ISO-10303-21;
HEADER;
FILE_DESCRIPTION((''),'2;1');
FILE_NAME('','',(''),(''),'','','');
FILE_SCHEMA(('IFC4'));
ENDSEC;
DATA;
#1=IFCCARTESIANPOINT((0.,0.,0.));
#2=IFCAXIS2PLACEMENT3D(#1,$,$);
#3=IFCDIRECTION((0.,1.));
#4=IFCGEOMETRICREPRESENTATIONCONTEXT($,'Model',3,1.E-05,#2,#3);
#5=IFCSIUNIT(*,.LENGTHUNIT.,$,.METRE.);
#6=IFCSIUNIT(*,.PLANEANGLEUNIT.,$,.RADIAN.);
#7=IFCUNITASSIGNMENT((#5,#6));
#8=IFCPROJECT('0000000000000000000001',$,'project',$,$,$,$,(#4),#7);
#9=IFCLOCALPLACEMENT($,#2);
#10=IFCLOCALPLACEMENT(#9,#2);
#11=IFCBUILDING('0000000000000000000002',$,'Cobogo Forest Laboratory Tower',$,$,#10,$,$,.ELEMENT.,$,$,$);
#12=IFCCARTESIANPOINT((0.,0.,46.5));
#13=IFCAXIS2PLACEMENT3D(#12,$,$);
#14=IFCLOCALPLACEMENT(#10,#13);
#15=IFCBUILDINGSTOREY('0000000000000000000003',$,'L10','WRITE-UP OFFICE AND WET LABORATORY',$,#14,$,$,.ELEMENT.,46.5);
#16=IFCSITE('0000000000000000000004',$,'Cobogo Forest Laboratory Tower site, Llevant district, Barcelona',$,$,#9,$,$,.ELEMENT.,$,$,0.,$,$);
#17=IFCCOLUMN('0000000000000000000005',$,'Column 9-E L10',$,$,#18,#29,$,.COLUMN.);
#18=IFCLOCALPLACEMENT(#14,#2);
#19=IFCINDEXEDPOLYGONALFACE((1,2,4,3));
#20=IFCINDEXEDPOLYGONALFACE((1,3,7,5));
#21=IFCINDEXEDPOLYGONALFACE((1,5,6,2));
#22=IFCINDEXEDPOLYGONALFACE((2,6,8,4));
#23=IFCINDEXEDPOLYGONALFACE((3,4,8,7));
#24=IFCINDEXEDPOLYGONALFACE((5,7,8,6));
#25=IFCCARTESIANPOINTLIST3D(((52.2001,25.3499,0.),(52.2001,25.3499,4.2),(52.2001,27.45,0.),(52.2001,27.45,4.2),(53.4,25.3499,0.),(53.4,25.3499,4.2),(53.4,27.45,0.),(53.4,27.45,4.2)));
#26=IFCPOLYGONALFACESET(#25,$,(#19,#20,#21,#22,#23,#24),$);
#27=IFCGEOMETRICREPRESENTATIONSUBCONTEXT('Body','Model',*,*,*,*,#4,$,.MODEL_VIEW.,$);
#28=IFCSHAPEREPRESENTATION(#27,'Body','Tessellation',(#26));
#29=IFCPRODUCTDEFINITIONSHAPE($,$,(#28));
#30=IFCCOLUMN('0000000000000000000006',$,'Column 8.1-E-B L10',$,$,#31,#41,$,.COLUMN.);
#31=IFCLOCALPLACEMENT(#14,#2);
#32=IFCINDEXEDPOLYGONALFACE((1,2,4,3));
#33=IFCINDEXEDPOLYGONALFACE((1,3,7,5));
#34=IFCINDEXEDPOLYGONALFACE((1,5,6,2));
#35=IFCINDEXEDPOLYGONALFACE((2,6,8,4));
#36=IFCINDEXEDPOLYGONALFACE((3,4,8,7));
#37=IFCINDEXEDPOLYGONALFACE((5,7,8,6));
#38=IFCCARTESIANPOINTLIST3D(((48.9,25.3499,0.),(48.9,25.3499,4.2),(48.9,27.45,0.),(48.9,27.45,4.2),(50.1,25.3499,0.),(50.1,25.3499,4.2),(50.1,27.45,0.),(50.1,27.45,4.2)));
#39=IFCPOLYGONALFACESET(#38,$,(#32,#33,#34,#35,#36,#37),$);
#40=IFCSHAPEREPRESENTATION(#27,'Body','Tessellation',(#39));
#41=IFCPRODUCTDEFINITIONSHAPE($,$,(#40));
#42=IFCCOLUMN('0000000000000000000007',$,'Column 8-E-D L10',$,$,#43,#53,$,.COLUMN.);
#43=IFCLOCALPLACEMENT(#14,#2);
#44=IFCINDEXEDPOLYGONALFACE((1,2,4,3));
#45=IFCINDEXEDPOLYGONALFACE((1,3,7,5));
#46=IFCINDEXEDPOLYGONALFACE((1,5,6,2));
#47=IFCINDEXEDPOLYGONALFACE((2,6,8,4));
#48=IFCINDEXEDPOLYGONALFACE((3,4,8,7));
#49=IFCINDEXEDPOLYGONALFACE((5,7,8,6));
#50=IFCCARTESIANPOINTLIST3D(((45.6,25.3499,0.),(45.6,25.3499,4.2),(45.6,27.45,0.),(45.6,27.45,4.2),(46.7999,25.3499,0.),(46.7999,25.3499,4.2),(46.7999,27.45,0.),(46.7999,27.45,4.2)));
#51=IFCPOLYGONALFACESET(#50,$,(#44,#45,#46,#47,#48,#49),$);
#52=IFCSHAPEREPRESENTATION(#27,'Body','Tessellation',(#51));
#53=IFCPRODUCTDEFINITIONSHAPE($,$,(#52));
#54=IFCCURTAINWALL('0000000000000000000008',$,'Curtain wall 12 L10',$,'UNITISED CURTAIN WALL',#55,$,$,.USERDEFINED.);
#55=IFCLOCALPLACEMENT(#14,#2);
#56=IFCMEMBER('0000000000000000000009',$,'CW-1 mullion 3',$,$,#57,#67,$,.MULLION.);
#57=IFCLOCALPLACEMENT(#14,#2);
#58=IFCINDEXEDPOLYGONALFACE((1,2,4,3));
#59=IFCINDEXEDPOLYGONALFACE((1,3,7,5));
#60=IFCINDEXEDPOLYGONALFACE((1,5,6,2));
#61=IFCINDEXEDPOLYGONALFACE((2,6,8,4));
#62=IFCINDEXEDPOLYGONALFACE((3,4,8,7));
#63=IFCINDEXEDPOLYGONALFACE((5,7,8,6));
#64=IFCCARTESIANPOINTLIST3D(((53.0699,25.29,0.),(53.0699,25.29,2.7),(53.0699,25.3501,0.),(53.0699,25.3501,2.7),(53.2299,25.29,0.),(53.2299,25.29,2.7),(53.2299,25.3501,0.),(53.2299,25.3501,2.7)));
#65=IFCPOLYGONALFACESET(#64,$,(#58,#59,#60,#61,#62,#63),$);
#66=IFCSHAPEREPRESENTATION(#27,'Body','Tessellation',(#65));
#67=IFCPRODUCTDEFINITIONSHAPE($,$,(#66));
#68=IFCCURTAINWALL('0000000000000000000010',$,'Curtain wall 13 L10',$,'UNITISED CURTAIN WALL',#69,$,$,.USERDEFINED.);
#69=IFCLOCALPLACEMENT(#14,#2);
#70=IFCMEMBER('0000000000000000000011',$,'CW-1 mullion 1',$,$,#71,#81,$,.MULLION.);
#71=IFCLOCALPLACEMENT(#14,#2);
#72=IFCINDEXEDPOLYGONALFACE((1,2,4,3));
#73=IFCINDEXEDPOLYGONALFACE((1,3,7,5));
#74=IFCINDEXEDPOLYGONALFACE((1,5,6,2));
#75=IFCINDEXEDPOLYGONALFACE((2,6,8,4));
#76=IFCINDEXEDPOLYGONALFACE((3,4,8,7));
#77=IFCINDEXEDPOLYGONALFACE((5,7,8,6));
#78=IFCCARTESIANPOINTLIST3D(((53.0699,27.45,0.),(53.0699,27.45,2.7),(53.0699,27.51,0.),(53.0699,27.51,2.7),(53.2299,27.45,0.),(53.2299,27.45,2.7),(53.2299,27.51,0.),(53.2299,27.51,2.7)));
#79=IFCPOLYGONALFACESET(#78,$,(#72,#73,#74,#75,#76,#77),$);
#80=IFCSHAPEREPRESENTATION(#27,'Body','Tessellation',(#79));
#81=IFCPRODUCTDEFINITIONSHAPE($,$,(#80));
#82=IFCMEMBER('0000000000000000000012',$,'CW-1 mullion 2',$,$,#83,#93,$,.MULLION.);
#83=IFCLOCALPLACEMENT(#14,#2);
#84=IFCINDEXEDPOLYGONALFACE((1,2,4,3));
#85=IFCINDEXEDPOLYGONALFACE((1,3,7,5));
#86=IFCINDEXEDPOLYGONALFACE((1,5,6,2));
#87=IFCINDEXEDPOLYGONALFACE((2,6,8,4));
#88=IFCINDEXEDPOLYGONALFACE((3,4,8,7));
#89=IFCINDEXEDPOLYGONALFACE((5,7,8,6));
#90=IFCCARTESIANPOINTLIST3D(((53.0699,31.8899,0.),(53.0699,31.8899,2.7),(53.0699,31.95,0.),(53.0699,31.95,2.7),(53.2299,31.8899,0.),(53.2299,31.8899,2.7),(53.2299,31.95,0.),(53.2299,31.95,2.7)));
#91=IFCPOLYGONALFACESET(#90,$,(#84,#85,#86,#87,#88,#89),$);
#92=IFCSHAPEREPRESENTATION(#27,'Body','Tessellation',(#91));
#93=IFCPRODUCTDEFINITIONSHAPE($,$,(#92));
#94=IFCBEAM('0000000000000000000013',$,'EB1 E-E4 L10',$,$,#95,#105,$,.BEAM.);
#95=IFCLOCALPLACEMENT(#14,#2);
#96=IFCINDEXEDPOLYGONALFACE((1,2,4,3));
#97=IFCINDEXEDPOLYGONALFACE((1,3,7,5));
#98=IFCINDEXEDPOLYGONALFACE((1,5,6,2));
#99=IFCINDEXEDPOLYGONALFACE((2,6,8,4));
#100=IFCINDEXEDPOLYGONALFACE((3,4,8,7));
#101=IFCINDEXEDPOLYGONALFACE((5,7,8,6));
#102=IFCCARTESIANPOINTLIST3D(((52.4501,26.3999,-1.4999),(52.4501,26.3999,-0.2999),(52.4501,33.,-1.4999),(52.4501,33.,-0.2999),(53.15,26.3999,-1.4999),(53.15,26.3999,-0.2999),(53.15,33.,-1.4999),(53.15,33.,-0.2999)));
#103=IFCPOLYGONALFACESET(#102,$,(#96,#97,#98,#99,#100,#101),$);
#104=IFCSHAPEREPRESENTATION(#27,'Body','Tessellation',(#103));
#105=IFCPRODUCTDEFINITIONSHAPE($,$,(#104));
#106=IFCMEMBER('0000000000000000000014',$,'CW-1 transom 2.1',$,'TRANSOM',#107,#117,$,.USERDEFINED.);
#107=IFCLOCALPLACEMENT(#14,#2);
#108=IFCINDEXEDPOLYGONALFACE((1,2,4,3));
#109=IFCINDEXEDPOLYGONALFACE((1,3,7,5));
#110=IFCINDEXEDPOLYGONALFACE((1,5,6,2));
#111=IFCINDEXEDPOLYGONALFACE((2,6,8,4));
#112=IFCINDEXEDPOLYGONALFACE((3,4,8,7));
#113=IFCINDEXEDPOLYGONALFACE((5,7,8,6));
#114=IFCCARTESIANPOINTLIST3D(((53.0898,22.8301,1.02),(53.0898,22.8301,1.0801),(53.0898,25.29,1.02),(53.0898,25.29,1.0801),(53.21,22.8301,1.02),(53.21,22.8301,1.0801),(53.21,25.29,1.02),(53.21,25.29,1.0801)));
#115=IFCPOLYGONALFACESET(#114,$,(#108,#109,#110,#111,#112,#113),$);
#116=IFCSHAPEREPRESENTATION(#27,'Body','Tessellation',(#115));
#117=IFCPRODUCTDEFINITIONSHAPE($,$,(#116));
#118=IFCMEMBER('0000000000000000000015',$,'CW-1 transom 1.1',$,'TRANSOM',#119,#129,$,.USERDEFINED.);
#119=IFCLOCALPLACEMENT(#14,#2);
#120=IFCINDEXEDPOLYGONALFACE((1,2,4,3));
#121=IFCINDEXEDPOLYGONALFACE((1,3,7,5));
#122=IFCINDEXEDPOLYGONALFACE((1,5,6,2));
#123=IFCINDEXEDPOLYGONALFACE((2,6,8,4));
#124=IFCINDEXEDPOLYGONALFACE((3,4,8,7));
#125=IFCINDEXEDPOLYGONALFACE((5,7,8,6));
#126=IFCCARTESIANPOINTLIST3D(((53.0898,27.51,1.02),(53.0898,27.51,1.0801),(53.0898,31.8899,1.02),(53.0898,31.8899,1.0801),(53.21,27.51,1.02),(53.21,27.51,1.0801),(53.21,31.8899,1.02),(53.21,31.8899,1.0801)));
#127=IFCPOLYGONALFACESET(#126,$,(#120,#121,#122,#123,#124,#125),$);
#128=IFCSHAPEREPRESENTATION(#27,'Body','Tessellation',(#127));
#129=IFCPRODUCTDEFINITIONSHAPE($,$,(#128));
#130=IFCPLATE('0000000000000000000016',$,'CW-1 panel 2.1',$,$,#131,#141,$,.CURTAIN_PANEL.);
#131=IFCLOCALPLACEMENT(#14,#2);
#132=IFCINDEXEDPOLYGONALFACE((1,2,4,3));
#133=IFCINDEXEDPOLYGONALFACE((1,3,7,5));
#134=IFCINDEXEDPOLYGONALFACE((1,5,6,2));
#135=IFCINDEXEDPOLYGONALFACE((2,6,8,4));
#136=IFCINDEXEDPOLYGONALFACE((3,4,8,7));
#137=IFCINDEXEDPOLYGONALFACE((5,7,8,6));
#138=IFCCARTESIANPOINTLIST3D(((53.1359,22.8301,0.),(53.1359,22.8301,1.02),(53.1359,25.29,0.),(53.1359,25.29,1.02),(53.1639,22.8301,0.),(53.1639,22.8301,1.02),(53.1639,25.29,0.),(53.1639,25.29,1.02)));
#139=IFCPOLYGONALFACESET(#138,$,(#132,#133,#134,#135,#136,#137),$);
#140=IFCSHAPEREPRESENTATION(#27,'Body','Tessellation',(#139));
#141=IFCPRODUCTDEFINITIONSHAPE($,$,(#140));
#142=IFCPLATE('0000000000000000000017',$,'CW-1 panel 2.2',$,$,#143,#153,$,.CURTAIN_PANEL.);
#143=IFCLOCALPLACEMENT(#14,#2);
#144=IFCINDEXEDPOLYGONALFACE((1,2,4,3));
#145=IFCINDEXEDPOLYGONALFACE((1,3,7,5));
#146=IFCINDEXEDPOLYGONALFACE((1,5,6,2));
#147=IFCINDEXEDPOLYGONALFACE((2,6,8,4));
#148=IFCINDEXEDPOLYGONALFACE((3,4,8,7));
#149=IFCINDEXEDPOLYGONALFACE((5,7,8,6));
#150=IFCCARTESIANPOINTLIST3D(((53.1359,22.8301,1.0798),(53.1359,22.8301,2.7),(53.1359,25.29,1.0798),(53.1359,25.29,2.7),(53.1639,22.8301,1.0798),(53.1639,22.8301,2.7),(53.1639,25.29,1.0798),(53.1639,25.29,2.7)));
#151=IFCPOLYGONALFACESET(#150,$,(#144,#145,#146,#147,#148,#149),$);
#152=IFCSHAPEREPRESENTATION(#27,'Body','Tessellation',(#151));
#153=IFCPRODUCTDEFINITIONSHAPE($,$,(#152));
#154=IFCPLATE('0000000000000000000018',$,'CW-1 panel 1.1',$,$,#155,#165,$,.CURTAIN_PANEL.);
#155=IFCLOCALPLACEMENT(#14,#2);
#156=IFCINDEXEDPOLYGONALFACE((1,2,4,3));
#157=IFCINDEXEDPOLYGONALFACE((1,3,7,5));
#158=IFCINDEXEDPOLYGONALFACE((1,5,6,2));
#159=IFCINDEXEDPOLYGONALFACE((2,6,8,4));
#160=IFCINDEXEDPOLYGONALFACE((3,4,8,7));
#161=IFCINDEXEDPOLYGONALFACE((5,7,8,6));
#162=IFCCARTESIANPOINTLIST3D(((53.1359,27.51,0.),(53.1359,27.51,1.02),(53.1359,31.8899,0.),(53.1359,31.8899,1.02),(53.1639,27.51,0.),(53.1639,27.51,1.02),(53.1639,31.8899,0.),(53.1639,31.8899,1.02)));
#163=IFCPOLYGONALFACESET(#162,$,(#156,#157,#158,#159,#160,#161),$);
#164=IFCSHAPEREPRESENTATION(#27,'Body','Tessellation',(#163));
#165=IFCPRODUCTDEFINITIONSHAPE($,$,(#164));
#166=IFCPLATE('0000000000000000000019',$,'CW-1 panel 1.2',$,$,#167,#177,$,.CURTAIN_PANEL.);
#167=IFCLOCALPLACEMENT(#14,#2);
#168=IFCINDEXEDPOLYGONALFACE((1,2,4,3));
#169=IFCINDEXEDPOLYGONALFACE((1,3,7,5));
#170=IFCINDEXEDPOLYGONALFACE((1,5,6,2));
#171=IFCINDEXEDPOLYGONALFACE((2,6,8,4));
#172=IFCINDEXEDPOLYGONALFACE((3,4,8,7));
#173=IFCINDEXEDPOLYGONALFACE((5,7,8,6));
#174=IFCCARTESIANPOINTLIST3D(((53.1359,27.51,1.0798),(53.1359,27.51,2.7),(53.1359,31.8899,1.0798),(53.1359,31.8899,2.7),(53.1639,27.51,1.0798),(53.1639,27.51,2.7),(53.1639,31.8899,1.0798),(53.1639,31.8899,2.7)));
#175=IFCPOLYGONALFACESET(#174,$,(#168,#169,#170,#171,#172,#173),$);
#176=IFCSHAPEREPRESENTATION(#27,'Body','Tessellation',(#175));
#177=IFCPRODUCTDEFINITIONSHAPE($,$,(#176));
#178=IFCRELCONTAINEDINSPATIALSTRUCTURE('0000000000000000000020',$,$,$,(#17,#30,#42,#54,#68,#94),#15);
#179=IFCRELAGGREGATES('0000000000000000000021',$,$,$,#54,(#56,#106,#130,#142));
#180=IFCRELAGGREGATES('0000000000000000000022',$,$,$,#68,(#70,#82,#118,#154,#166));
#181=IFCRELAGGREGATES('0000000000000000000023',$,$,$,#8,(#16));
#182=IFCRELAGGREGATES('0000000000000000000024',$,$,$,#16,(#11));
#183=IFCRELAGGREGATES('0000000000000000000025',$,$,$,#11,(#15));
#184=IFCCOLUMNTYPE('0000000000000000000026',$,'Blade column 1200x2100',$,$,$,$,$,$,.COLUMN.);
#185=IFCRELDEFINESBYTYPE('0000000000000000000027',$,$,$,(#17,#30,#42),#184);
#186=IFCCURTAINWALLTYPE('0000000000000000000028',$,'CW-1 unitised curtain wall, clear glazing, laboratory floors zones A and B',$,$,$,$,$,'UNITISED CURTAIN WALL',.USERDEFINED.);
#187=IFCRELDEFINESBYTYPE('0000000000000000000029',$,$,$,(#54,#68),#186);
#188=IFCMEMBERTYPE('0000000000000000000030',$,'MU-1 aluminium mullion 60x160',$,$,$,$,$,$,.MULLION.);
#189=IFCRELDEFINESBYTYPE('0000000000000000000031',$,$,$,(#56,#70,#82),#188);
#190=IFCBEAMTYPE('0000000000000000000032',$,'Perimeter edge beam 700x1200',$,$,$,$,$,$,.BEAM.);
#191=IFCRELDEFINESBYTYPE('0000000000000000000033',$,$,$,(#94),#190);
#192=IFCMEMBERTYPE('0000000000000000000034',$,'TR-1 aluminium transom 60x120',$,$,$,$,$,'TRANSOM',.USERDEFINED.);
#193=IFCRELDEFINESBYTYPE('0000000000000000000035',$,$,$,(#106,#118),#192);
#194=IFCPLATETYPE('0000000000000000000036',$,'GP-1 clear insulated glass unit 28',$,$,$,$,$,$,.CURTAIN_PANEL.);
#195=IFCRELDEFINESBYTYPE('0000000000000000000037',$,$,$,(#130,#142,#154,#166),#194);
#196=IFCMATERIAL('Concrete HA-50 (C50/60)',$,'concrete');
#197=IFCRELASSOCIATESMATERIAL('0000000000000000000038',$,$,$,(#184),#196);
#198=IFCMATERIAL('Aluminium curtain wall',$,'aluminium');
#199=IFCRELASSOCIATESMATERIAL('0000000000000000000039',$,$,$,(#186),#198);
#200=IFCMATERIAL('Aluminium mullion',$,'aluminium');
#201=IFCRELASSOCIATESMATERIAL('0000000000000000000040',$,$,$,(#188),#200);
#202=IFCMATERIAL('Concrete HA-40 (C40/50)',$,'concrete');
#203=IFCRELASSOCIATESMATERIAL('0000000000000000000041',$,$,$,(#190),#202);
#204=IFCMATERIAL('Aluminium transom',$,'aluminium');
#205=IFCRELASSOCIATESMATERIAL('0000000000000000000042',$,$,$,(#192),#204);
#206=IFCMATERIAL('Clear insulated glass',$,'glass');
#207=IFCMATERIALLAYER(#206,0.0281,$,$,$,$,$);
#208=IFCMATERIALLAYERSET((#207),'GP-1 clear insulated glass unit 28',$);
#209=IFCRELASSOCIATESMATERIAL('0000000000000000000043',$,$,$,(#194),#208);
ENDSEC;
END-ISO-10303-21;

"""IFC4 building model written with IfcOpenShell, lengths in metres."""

from ifc_helpers import new_model, si_unit, direction, frame, origin, origin_2d, place, context, subcontext, project, spatial, rectangle, extrude, material, layer, layer_set, material_profile, profile_set, type_object, element, aggregate, save


model = new_model("IFC4")

# Units and contexts
model_context = context("Model", 3, precision=1e-05, world=origin(), true_north=direction((0.0, 1.0)))
body_context = subcontext(model_context, "Body", "Model", "MODEL_VIEW")
ifc_project = project(units=[si_unit("LENGTHUNIT", "METRE"), si_unit("PLANEANGLEUNIT", "RADIAN")], contexts=[model_context])

# Site, building, storey
site_placement = place(None, origin())
site = spatial("IfcSite", under=ifc_project, at=site_placement, Name="Cobogo Forest Laboratory Tower site, Llevant district, Barcelona", CompositionType="ELEMENT", RefElevation=0.0)
building_placement = place(site_placement, origin())
building = spatial("IfcBuilding", under=site, at=building_placement, Name="Cobogo Forest Laboratory Tower", CompositionType="ELEMENT")
storey_placement = place(building_placement, frame((0.0, 0.0, 46.5)))
storey = spatial("IfcBuildingStorey", under=building, at=storey_placement, Name="L10", Description="WRITE-UP OFFICE AND WET LABORATORY", CompositionType="ELEMENT", Elevation=46.5)

# Columns
ifc_material_1 = material(Name="Concrete HA-50 (C50/60)", Category="concrete")
ifc_material_profile_1 = material_profile(ifc_material_1, rectangle(XDim=2.1001, YDim=1.2, at=origin_2d()), Name="RC 1200x2100")
ifc_profile_set_1 = profile_set([ifc_material_profile_1], Name="Concrete HA-50 (C50/60)")
column_type = type_object("IfcColumnType", Name="Blade column 1200x2100", PredefinedType="COLUMN", material=ifc_profile_set_1)
for number, where, z_axis, x_axis, name in (
    (1, (52.8, 26.3999, 0.0), (0.0, 0.0, 1.0), (0.0, 1.0, 0.0), "Column 9-E L10"),
    (2, (49.5, 26.3999, 0.0), (0.0, 0.0, 1.0), (0.0, 1.0, 0.0), "Column 8.1-E-B L10"),
    (3, (46.2, 26.3999, 0.0), (0.0, 0.0, 1.0), (0.0, 1.0, 0.0), "Column 8-E-D L10"),
):
    element("IfcColumn", number, at=place(storey_placement, frame(where, z_axis=z_axis, x_axis=x_axis)), inside=storey, type_object=column_type, Name=name, PredefinedType="COLUMN", context=body_context, shape_type="SweptSolid", body=[
        extrude(rectangle(XDim=2.1001, YDim=1.2, at=origin_2d()), origin(), (0.0, 0.0, 1.0), 4.2),
    ])

# Curtain wall, member
ifc_material_2 = material(Name="Aluminium curtain wall", Category="aluminium")
curtain_wall_type = type_object("IfcCurtainWallType", Name="CW-1 unitised curtain wall, clear glazing, laboratory floors zones A and B", ElementType="UNITISED CURTAIN WALL", PredefinedType="USERDEFINED", material=ifc_material_2)
curtain_wall_1_placement = place(storey_placement, origin())
curtain_wall_1 = element("IfcCurtainWall", 4, at=curtain_wall_1_placement, inside=storey, type_object=curtain_wall_type, Name="Curtain wall 12 L10", ObjectType="UNITISED CURTAIN WALL", PredefinedType="USERDEFINED")
ifc_material_3 = material(Name="Aluminium mullion", Category="aluminium")
ifc_material_profile_2 = material_profile(ifc_material_3, rectangle(XDim=0.0601, YDim=0.1599, at=origin_2d()), Name="AL 60x160")
ifc_profile_set_2 = profile_set([ifc_material_profile_2], Name="Aluminium mullion")
member_type_1 = type_object("IfcMemberType", Name="MU-1 aluminium mullion 60x160", PredefinedType="MULLION", material=ifc_profile_set_2)
member_1_placement = place(storey_placement, frame((53.1499, 25.3201, 0.0), z_axis=(0.0, 0.0, 1.0), x_axis=(0.0, 1.0, 0.0)))
member_1 = element("IfcMember", 5, at=member_1_placement, type_object=member_type_1, Name="CW-1 mullion 3", PredefinedType="MULLION", context=body_context, shape_type="SweptSolid", body=[
    extrude(rectangle(XDim=0.0601, YDim=0.1599, at=origin_2d()), origin(), (0.0, 0.0, 1.0), 2.7),
])

# Curtain wall, members
curtain_wall_2_placement = place(storey_placement, origin())
curtain_wall_2 = element("IfcCurtainWall", 6, at=curtain_wall_2_placement, inside=storey, type_object=curtain_wall_type, Name="Curtain wall 13 L10", ObjectType="UNITISED CURTAIN WALL", PredefinedType="USERDEFINED")
member_2_placement = place(storey_placement, frame((53.1499, 27.48, 0.0), z_axis=(0.0, 0.0, 1.0), x_axis=(0.0, 1.0, 0.0)))
member_2 = element("IfcMember", 7, at=member_2_placement, type_object=member_type_1, Name="CW-1 mullion 1", PredefinedType="MULLION", context=body_context, shape_type="SweptSolid", body=[
    extrude(rectangle(XDim=0.0601, YDim=0.1599, at=origin_2d()), origin(), (0.0, 0.0, 1.0), 2.7),
])
member_3_placement = place(storey_placement, frame((53.1499, 31.9199, 0.0), z_axis=(0.0, 0.0, 1.0), x_axis=(0.0, 1.0, 0.0)))
member_3 = element("IfcMember", 8, at=member_3_placement, type_object=member_type_1, Name="CW-1 mullion 2", PredefinedType="MULLION", context=body_context, shape_type="SweptSolid", body=[
    extrude(rectangle(XDim=0.0601, YDim=0.1599, at=origin_2d()), origin(), (0.0, 0.0, 1.0), 2.7),
])

# Beam
ifc_material_4 = material(Name="Concrete HA-40 (C40/50)", Category="concrete")
ifc_material_profile_3 = material_profile(ifc_material_4, rectangle(XDim=0.7, YDim=1.2, at=origin_2d()), Name="RC 700x1200")
ifc_profile_set_3 = profile_set([ifc_material_profile_3], Name="Concrete HA-40 (C40/50)")
beam_type = type_object("IfcBeamType", Name="Perimeter edge beam 700x1200", PredefinedType="BEAM", material=ifc_profile_set_3)
beam_placement = place(storey_placement, frame((52.8, 26.3999, -0.8999), z_axis=(0.0, 1.0, 0.0), x_axis=(-1.0, 0.0, 0.0)))
element("IfcBeam", 9, at=beam_placement, inside=storey, type_object=beam_type, Name="EB1 E-E4 L10", PredefinedType="BEAM", context=body_context, shape_type="SweptSolid", body=[
    extrude(rectangle(XDim=0.7, YDim=1.2, at=origin_2d()), origin(), (0.0, 0.0, 1.0), 6.6001),
])

# Members
ifc_material_5 = material(Name="Aluminium transom", Category="aluminium")
ifc_material_profile_4 = material_profile(ifc_material_5, rectangle(XDim=0.1201, YDim=0.0601, at=origin_2d()), Name="AL 60x120")
ifc_profile_set_4 = profile_set([ifc_material_profile_4], Name="Aluminium transom")
member_type_2 = type_object("IfcMemberType", Name="TR-1 aluminium transom 60x120", ElementType="TRANSOM", PredefinedType="USERDEFINED", material=ifc_profile_set_4)
member_4_placement = place(storey_placement, frame((53.1499, 22.8301, 1.05), z_axis=(0.0, 1.0, 0.0), x_axis=(-1.0, 0.0, 0.0)))
member_4 = element("IfcMember", 10, at=member_4_placement, type_object=member_type_2, Name="CW-1 transom 2.1", ObjectType="TRANSOM", PredefinedType="USERDEFINED", context=body_context, shape_type="SweptSolid", body=[
    extrude(rectangle(XDim=0.1201, YDim=0.0601, at=origin_2d()), origin(), (0.0, 0.0, 1.0), 2.46),
])
member_5_placement = place(storey_placement, frame((53.1499, 27.51, 1.05), z_axis=(0.0, 1.0, 0.0), x_axis=(-1.0, 0.0, 0.0)))
member_5 = element("IfcMember", 11, at=member_5_placement, type_object=member_type_2, Name="CW-1 transom 1.1", ObjectType="TRANSOM", PredefinedType="USERDEFINED", context=body_context, shape_type="SweptSolid", body=[
    extrude(rectangle(XDim=0.1201, YDim=0.0601, at=origin_2d()), origin(), (0.0, 0.0, 1.0), 4.3799),
])

# Plates
ifc_material_6 = material(Name="Clear insulated glass", Category="glass")
ifc_layer_1 = layer(ifc_material_6, 0.0281)
ifc_layer_set_1 = layer_set([ifc_layer_1], Name="GP-1 clear insulated glass unit 28")
plate_type_1 = type_object("IfcPlateType", Name="GP-1 clear insulated glass unit 28", PredefinedType="CURTAIN_PANEL", material=ifc_layer_set_1)
plate_1_placement = place(storey_placement, frame((53.1499, 24.0601, 0.0), z_axis=(0.0, 0.0, 1.0), x_axis=(0.0, 1.0, 0.0)))
plate_1 = element("IfcPlate", 12, at=plate_1_placement, type_object=plate_type_1, Name="CW-1 panel 2.1", PredefinedType="CURTAIN_PANEL", context=body_context, shape_type="SweptSolid", body=[
    extrude(rectangle(XDim=2.46, YDim=0.0281, at=origin_2d()), origin(), (0.0, 0.0, 1.0), 1.02),
])
plate_2_placement = place(storey_placement, frame((53.1499, 24.0601, 1.0798), z_axis=(0.0, 0.0, 1.0), x_axis=(0.0, 1.0, 0.0)))
plate_2 = element("IfcPlate", 13, at=plate_2_placement, type_object=plate_type_1, Name="CW-1 panel 2.2", PredefinedType="CURTAIN_PANEL", context=body_context, shape_type="SweptSolid", body=[
    extrude(rectangle(XDim=2.46, YDim=0.0281, at=origin_2d()), origin(), (0.0, 0.0, 1.0), 1.6201),
])
aggregate(curtain_wall_1, [member_1, member_4, plate_1, plate_2])
plate_3_placement = place(storey_placement, frame((53.1499, 29.7, 0.0), z_axis=(0.0, 0.0, 1.0), x_axis=(0.0, 1.0, 0.0)))
plate_3 = element("IfcPlate", 14, at=plate_3_placement, type_object=plate_type_1, Name="CW-1 panel 1.1", PredefinedType="CURTAIN_PANEL", context=body_context, shape_type="SweptSolid", body=[
    extrude(rectangle(XDim=4.3799, YDim=0.0281, at=origin_2d()), origin(), (0.0, 0.0, 1.0), 1.02),
])
plate_4_placement = place(storey_placement, frame((53.1499, 29.7, 1.0798), z_axis=(0.0, 0.0, 1.0), x_axis=(0.0, 1.0, 0.0)))
plate_4 = element("IfcPlate", 15, at=plate_4_placement, type_object=plate_type_1, Name="CW-1 panel 1.2", PredefinedType="CURTAIN_PANEL", context=body_context, shape_type="SweptSolid", body=[
    extrude(rectangle(XDim=4.3799, YDim=0.0281, at=origin_2d()), origin(), (0.0, 0.0, 1.0), 1.6201),
])
aggregate(curtain_wall_2, [member_2, member_3, member_5, plate_3, plate_4])

save(model, "model.ifc")
